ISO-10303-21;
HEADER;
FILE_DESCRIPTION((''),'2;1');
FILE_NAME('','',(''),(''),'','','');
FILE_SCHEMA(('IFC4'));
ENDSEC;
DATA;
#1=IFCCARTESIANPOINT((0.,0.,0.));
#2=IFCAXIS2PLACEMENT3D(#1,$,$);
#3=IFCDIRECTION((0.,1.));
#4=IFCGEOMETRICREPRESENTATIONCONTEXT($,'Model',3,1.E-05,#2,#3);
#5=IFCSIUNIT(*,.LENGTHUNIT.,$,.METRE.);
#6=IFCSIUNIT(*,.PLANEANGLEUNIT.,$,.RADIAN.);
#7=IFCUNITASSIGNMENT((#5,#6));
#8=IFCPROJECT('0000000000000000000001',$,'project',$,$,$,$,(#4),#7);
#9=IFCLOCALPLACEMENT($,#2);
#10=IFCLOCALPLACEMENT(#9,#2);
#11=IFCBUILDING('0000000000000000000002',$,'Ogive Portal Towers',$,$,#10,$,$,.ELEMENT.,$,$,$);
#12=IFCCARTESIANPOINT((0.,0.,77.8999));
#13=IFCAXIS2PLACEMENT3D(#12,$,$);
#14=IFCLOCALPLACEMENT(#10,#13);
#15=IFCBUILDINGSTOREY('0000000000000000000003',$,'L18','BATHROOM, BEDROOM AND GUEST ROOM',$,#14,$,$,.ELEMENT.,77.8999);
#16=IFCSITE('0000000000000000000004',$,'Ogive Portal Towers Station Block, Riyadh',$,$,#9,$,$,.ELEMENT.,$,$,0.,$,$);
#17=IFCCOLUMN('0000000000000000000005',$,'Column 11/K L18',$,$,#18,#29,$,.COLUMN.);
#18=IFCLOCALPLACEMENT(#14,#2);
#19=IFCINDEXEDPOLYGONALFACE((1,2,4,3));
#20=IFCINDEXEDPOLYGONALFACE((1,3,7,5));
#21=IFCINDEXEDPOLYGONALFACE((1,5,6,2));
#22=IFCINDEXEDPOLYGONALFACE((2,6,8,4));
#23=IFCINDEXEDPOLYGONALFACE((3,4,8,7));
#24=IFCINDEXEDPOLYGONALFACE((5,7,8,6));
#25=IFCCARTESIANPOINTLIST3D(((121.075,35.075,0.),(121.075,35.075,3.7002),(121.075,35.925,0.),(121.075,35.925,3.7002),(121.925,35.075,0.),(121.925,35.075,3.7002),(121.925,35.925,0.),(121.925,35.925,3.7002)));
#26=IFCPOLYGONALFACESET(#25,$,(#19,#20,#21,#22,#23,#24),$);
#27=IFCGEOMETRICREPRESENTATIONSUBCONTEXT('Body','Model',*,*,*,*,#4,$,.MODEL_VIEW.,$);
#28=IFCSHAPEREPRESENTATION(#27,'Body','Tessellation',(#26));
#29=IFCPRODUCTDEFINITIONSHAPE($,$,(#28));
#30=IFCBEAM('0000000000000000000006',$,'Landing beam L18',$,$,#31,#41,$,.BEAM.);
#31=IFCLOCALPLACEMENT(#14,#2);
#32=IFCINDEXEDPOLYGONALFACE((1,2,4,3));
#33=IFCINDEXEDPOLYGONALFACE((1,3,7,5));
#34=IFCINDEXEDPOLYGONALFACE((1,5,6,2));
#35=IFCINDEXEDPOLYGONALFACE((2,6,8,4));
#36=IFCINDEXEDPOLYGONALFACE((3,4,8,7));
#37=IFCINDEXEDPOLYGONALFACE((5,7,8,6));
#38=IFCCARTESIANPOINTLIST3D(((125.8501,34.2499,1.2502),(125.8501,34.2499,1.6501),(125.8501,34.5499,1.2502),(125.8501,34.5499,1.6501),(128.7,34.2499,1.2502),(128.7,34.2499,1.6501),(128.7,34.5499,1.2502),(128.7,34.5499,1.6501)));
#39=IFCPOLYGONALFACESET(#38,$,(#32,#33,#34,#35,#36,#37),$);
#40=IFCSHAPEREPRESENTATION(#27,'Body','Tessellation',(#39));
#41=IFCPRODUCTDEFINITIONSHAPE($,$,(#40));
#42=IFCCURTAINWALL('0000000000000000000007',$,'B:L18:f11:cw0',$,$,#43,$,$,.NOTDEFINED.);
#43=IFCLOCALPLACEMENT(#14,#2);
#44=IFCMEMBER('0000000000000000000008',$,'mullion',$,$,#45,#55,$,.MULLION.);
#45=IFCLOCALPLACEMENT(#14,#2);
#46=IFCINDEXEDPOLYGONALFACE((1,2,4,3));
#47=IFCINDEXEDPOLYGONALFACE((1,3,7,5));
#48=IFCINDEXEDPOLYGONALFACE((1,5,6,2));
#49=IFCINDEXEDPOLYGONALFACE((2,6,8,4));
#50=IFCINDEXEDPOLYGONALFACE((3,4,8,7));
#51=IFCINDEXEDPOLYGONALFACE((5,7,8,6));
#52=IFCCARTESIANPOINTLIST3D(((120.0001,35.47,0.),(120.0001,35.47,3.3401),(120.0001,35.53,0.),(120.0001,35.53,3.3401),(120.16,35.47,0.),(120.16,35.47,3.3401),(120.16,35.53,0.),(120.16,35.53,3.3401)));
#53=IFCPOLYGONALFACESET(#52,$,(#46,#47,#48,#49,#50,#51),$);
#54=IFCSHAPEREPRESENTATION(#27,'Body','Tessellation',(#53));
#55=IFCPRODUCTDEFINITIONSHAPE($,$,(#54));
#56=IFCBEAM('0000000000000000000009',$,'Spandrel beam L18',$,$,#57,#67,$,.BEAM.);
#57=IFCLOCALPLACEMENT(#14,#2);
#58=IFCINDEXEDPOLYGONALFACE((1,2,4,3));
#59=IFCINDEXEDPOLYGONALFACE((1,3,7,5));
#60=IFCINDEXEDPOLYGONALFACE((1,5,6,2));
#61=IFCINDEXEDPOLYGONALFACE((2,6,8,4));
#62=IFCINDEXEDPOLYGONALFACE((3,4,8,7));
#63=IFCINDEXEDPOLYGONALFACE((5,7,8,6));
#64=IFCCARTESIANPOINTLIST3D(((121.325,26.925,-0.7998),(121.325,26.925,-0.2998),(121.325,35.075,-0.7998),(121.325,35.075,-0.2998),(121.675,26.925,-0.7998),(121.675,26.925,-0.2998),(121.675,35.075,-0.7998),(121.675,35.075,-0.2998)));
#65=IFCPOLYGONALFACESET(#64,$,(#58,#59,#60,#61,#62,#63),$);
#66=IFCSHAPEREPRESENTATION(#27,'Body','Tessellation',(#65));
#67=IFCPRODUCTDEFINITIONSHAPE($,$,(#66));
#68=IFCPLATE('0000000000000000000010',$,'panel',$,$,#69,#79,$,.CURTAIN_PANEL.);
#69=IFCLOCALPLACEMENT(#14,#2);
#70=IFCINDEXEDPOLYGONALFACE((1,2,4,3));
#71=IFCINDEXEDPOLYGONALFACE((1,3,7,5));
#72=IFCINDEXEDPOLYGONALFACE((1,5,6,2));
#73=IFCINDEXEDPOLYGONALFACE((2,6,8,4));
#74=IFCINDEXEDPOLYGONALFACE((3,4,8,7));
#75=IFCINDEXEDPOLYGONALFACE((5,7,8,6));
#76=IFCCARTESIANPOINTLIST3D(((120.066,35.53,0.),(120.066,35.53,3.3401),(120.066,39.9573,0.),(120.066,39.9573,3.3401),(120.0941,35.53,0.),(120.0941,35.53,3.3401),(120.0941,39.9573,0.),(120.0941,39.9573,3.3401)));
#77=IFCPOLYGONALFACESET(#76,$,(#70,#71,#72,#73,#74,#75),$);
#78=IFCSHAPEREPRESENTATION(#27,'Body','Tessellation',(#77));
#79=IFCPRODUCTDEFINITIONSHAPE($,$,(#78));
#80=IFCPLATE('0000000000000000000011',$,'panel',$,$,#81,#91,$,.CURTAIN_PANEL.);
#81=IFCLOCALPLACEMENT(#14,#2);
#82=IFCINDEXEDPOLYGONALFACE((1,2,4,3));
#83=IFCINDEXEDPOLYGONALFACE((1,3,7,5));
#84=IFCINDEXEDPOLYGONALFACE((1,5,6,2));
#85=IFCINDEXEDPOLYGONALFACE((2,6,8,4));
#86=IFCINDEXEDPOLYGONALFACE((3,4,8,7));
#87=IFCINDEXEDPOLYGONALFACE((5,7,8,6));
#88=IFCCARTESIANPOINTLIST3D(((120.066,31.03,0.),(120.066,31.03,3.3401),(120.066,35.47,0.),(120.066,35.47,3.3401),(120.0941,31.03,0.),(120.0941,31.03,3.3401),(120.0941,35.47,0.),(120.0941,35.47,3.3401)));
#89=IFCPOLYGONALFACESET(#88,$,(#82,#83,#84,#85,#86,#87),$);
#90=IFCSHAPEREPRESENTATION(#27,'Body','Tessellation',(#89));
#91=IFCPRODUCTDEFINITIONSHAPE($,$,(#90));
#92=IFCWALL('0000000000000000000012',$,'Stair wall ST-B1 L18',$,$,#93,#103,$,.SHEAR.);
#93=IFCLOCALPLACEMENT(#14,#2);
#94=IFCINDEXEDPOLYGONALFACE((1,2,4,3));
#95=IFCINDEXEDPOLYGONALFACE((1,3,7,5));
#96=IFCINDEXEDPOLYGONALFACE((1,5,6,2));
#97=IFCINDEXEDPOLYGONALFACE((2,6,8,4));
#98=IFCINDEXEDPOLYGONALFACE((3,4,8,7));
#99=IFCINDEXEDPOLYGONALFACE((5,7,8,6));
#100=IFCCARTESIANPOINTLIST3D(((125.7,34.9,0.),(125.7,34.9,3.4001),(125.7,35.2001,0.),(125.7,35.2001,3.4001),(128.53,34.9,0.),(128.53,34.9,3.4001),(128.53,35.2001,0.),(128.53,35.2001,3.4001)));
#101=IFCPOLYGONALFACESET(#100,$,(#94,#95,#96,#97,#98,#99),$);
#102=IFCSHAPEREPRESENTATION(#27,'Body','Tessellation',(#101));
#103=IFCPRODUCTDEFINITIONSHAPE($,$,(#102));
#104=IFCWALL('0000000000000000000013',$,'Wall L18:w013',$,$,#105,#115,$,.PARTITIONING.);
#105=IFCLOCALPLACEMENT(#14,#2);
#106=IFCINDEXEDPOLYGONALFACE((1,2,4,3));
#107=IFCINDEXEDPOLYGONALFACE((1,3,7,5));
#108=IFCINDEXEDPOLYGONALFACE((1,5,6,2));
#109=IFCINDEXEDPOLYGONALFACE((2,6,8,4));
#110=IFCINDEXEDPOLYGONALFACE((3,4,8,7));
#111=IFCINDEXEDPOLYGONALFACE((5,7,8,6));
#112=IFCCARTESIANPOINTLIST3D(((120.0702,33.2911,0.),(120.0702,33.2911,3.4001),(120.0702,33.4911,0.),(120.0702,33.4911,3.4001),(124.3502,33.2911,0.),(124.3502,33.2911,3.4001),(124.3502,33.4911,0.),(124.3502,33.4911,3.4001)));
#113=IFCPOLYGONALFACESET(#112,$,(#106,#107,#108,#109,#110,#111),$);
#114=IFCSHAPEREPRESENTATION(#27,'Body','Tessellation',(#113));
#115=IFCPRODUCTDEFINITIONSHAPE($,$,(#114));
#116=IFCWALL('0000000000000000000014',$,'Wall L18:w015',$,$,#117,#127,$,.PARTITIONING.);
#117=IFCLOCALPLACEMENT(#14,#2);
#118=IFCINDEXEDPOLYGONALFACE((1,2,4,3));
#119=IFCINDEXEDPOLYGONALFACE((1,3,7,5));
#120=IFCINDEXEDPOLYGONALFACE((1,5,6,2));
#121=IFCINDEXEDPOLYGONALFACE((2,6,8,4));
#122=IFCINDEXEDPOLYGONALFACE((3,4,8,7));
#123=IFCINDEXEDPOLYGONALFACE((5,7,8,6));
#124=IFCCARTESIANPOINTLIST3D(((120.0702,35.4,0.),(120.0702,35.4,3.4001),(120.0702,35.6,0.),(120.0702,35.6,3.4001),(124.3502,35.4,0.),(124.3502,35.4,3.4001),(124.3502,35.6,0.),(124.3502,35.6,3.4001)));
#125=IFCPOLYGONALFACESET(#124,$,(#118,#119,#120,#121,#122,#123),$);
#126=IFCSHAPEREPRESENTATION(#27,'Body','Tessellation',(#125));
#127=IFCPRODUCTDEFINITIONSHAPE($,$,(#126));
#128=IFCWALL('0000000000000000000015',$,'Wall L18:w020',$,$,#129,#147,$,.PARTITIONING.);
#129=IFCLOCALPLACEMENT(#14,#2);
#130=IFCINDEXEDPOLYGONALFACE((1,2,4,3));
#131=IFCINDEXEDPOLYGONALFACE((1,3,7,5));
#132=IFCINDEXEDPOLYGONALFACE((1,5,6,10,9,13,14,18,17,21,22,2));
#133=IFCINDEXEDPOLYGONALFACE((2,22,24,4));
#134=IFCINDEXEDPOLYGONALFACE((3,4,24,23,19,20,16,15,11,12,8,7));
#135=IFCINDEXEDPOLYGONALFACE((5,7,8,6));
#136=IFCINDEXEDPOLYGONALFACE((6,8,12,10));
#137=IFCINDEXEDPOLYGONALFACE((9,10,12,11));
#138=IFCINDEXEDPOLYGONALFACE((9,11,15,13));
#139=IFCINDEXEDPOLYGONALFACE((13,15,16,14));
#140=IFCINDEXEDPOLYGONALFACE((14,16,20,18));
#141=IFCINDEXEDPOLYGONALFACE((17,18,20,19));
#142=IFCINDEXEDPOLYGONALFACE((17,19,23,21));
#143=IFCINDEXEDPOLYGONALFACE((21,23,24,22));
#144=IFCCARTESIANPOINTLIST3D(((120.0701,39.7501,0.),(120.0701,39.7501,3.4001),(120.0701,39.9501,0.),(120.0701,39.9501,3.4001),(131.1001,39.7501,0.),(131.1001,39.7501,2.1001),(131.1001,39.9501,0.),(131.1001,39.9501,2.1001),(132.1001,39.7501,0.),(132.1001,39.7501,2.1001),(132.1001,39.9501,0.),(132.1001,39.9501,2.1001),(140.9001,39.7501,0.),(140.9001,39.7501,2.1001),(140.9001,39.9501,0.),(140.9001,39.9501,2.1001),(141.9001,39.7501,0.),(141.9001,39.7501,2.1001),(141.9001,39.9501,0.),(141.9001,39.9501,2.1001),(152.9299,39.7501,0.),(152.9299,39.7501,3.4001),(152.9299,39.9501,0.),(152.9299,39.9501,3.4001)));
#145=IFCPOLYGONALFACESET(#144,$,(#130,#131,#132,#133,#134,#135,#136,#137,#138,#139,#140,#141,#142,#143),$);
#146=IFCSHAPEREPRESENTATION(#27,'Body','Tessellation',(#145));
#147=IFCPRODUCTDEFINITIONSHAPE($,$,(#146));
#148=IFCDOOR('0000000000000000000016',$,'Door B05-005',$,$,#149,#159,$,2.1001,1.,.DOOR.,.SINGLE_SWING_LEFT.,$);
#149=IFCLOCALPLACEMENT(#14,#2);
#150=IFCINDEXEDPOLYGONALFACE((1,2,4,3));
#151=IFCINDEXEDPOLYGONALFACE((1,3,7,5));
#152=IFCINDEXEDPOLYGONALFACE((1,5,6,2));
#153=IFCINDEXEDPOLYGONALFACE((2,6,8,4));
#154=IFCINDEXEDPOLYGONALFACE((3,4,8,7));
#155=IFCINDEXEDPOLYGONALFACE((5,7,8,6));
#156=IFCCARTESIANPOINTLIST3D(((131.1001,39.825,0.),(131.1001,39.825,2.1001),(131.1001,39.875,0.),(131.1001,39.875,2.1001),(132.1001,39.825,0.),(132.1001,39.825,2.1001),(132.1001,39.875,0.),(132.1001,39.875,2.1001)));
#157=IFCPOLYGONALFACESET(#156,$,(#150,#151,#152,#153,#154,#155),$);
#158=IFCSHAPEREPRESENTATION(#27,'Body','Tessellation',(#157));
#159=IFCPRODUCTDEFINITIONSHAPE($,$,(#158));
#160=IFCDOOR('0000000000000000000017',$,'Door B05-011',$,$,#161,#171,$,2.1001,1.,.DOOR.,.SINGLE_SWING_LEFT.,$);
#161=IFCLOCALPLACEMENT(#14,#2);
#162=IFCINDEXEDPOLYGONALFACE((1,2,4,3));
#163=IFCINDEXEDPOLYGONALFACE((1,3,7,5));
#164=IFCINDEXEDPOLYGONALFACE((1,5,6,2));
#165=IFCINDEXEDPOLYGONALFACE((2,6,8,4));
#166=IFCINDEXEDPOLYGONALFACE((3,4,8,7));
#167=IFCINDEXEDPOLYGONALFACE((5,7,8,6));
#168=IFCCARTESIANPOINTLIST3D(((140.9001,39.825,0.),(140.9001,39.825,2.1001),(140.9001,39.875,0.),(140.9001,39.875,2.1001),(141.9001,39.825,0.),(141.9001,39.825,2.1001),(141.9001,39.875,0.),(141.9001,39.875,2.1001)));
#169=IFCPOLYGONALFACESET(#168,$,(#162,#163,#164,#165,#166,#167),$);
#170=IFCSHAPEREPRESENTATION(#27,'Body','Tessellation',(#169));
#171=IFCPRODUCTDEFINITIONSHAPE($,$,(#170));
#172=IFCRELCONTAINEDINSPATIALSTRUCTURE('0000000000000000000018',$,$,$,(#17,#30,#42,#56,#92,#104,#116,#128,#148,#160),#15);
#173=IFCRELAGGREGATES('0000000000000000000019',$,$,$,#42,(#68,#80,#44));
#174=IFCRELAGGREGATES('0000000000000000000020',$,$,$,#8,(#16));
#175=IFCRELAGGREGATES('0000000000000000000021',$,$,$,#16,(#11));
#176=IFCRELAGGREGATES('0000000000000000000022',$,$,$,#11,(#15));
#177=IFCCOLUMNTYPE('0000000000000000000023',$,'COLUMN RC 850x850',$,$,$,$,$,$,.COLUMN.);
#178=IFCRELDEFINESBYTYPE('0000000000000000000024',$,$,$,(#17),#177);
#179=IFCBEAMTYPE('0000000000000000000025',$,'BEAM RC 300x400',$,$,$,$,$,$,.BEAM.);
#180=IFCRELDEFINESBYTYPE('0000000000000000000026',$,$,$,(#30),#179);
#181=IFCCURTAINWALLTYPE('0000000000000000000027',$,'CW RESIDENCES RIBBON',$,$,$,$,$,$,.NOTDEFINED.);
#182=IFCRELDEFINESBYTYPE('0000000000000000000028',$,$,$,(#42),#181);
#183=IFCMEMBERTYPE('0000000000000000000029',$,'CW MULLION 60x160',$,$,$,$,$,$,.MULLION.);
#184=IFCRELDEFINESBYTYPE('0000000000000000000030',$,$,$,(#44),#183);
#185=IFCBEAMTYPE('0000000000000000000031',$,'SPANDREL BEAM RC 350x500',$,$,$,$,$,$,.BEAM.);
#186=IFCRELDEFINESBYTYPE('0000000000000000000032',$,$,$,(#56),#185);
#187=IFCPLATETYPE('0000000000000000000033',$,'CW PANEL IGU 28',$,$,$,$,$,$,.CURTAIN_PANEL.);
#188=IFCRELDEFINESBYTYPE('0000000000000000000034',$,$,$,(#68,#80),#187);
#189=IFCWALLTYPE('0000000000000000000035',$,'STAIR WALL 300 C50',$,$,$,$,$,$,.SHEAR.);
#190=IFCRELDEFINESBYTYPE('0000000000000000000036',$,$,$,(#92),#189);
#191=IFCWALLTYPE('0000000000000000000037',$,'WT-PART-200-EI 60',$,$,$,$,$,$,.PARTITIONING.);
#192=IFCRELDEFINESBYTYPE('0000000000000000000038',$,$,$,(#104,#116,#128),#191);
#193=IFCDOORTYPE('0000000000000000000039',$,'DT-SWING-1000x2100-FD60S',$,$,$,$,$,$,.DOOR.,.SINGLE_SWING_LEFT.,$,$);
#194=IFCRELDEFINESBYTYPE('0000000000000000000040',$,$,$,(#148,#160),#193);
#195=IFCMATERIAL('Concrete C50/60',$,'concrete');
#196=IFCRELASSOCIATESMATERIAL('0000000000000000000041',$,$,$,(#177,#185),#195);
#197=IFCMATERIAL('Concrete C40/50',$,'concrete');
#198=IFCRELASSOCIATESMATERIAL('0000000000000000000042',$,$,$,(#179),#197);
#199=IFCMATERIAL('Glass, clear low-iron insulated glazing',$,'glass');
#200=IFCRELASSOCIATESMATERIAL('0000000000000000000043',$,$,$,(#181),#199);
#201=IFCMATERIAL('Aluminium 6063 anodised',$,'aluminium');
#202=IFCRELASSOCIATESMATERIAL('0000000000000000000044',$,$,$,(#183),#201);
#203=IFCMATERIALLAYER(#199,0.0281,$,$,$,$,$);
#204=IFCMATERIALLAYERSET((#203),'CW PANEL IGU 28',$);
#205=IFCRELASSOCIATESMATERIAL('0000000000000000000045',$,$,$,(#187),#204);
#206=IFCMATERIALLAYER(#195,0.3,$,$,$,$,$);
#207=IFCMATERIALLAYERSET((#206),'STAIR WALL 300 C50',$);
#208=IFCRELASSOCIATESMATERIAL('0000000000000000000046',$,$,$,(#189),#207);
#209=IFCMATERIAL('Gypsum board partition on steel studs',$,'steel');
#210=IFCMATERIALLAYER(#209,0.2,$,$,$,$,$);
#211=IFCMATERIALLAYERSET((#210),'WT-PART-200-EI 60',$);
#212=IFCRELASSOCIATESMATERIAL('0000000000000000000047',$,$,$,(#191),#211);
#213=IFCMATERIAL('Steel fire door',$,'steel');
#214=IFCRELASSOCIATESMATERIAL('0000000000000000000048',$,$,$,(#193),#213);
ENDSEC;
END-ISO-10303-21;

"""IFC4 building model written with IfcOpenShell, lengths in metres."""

from ifc_helpers import new_model, si_unit, direction, frame, frame_2d, origin, origin_2d, place, context, subcontext, project, spatial, rectangle, extrude, material, layer, layer_set, material_profile, profile_set, type_object, element, fill, aggregate, save


model = new_model("IFC4")

# Units and contexts
model_context = context("Model", 3, precision=1e-05, world=origin(), true_north=direction((0.0, 1.0)))
body_context = subcontext(model_context, "Body", "Model", "MODEL_VIEW")
ifc_project = project(units=[si_unit("LENGTHUNIT", "METRE"), si_unit("PLANEANGLEUNIT", "RADIAN")], contexts=[model_context])

# Site, building, storey
site_placement = place(None, origin())
site = spatial("IfcSite", under=ifc_project, at=site_placement, Name="Ogive Portal Towers Station Block, Riyadh", CompositionType="ELEMENT", RefElevation=0.0)
building_placement = place(site_placement, origin())
building = spatial("IfcBuilding", under=site, at=building_placement, Name="Ogive Portal Towers", CompositionType="ELEMENT")
storey_placement = place(building_placement, frame((0.0, 0.0, 77.8999)))
storey = spatial("IfcBuildingStorey", under=building, at=storey_placement, Name="L18", Description="BATHROOM, BEDROOM AND GUEST ROOM", CompositionType="ELEMENT", Elevation=77.8999)

# Column
ifc_material_1 = material(Name="Concrete C50/60", Category="concrete")
ifc_material_profile_1 = material_profile(ifc_material_1, rectangle(XDim=0.8501, YDim=0.8501, at=origin_2d()), Name="RC 850x850")
ifc_profile_set_1 = profile_set([ifc_material_profile_1], Name="Concrete C50/60")
column_type = type_object("IfcColumnType", Name="COLUMN RC 850x850", PredefinedType="COLUMN", material=ifc_profile_set_1)
column_placement = place(storey_placement, frame((121.5, 35.5, 0.0), z_axis=(0.0, 0.0, 1.0), x_axis=(1.0, 0.0, 0.0)))
element("IfcColumn", 1, at=column_placement, inside=storey, type_object=column_type, Name="Column 11/K L18", PredefinedType="COLUMN", context=body_context, shape_type="SweptSolid", body=[
    extrude(rectangle(XDim=0.8501, YDim=0.8501, at=origin_2d()), origin(), (0.0, 0.0, 1.0), 3.7002),
])

# Beam
ifc_material_2 = material(Name="Concrete C40/50", Category="concrete")
ifc_material_profile_2 = material_profile(ifc_material_2, rectangle(XDim=0.3, YDim=0.3999, at=origin_2d()), Name="RC 300x400")
ifc_profile_set_2 = profile_set([ifc_material_profile_2], Name="Concrete C40/50")
beam_type_1 = type_object("IfcBeamType", Name="BEAM RC 300x400", PredefinedType="BEAM", material=ifc_profile_set_2)
beam_1_placement = place(storey_placement, frame((125.8501, 34.3999, 1.4502), z_axis=(1.0, 0.0, 0.0), x_axis=(0.0, 1.0, 0.0)))
element("IfcBeam", 2, at=beam_1_placement, inside=storey, type_object=beam_type_1, Name="Landing beam L18", PredefinedType="BEAM", context=body_context, shape_type="SweptSolid", body=[
    extrude(rectangle(XDim=0.3, YDim=0.3999, at=origin_2d()), origin(), (0.0, 0.0, 1.0), 2.8499),
])

# Curtain wall, member
ifc_material_3 = material(Name="Glass, clear low-iron insulated glazing", Category="glass")
curtain_wall_type = type_object("IfcCurtainWallType", Name="CW RESIDENCES RIBBON", PredefinedType="NOTDEFINED", material=ifc_material_3)
curtain_wall_placement = place(storey_placement, origin())
curtain_wall = element("IfcCurtainWall", 3, at=curtain_wall_placement, inside=storey, type_object=curtain_wall_type, Name="B:L18:f11:cw0", PredefinedType="NOTDEFINED")
ifc_material_4 = material(Name="Aluminium 6063 anodised", Category="aluminium")
ifc_material_profile_3 = material_profile(ifc_material_4, rectangle(XDim=0.1599, YDim=0.0601, at=origin_2d()), Name="AL 60x160")
ifc_profile_set_3 = profile_set([ifc_material_profile_3], Name="Aluminium 6063 anodised")
member_type = type_object("IfcMemberType", Name="CW MULLION 60x160", PredefinedType="MULLION", material=ifc_profile_set_3)
member_placement = place(storey_placement, frame((120.0801, 35.5, 0.0), z_axis=(0.0, 0.0, 1.0), x_axis=(1.0, 0.0, 0.0)))
member = element("IfcMember", 4, at=member_placement, type_object=member_type, Name="mullion", PredefinedType="MULLION", context=body_context, shape_type="SweptSolid", body=[
    extrude(rectangle(XDim=0.1599, YDim=0.0601, at=origin_2d()), origin(), (0.0, 0.0, 1.0), 3.3401),
])

# Beam
ifc_material_profile_4 = material_profile(ifc_material_1, rectangle(XDim=0.3501, YDim=0.5, at=origin_2d()), Name="RC 350x500")
ifc_profile_set_4 = profile_set([ifc_material_profile_4], Name="Concrete C50/60")
beam_type_2 = type_object("IfcBeamType", Name="SPANDREL BEAM RC 350x500", PredefinedType="BEAM", material=ifc_profile_set_4)
beam_2_placement = place(storey_placement, frame((121.5, 35.075, -0.5498), z_axis=(0.0, -1.0, 0.0), x_axis=(1.0, 0.0, 0.0)))
element("IfcBeam", 5, at=beam_2_placement, inside=storey, type_object=beam_type_2, Name="Spandrel beam L18", PredefinedType="BEAM", context=body_context, shape_type="SweptSolid", body=[
    extrude(rectangle(XDim=0.3501, YDim=0.5, at=origin_2d()), origin(), (0.0, 0.0, 1.0), 8.1499),
])

# Plates
ifc_layer_1 = layer(ifc_material_3, 0.0281)
ifc_layer_set_1 = layer_set([ifc_layer_1], Name="CW PANEL IGU 28")
plate_type = type_object("IfcPlateType", Name="CW PANEL IGU 28", PredefinedType="CURTAIN_PANEL", material=ifc_layer_set_1)
plate_1_placement = place(storey_placement, frame((120.0801, 37.7437, 0.0), z_axis=(0.0, 0.0, 1.0), x_axis=(0.0, -1.0, 0.0)))
plate_1 = element("IfcPlate", 6, at=plate_1_placement, type_object=plate_type, Name="panel", PredefinedType="CURTAIN_PANEL", context=body_context, shape_type="SweptSolid", body=[
    extrude(rectangle(XDim=4.4272, YDim=0.0281, at=origin_2d()), origin(), (0.0, 0.0, 1.0), 3.3401),
])
plate_2_placement = place(storey_placement, frame((120.0801, 33.25, 0.0), z_axis=(0.0, 0.0, 1.0), x_axis=(0.0, -1.0, 0.0)))
plate_2 = element("IfcPlate", 7, at=plate_2_placement, type_object=plate_type, Name="panel", PredefinedType="CURTAIN_PANEL", context=body_context, shape_type="SweptSolid", body=[
    extrude(rectangle(XDim=4.4399, YDim=0.0281, at=origin_2d()), origin(), (0.0, 0.0, 1.0), 3.3401),
])
aggregate(curtain_wall, [plate_1, plate_2, member])

# Walls
ifc_layer_2 = layer(ifc_material_1, 0.3)
ifc_layer_set_2 = layer_set([ifc_layer_2], Name="STAIR WALL 300 C50")
wall_type_1 = type_object("IfcWallType", Name="STAIR WALL 300 C50", PredefinedType="SHEAR", material=ifc_layer_set_2)
wall_1_placement = place(storey_placement, frame((125.7, 35.05, 0.0), z_axis=(0.0, 0.0, 1.0), x_axis=(1.0, 0.0, 0.0)))
element("IfcWall", 8, at=wall_1_placement, inside=storey, type_object=wall_type_1, Name="Stair wall ST-B1 L18", PredefinedType="SHEAR", context=body_context, shape_type="SweptSolid", body=[
    extrude(rectangle(XDim=2.8301, YDim=0.3, at=frame_2d((1.415, 0.0))), origin(), (0.0, 0.0, 1.0), 3.4001),
])
ifc_material_5 = material(Name="Gypsum board partition on steel studs", Category="steel")
ifc_layer_3 = layer(ifc_material_5, 0.2)
ifc_layer_set_3 = layer_set([ifc_layer_3], Name="WT-PART-200-EI 60")
wall_type_2 = type_object("IfcWallType", Name="WT-PART-200-EI 60", PredefinedType="PARTITIONING", material=ifc_layer_set_3)
for number, where, z_axis, x_axis, name in (
    (9, (120.0701, 33.3911, 0.0), (0.0, 0.0, 1.0), (1.0, 0.0, 0.0), "Wall L18:w013"),
    (10, (120.0701, 35.5, 0.0), (0.0, 0.0, 1.0), (1.0, 0.0, 0.0), "Wall L18:w015"),
):
    element("IfcWall", number, at=place(storey_placement, frame(where, z_axis=z_axis, x_axis=x_axis)), inside=storey, type_object=wall_type_2, Name=name, PredefinedType="PARTITIONING", context=body_context, shape_type="SweptSolid", body=[
        extrude(rectangle(XDim=4.28, YDim=0.2, at=frame_2d((2.1401, 0.0))), origin(), (0.0, 0.0, 1.0), 3.4001),
    ])

# Wall, openings, doors
wall_2_placement = place(storey_placement, frame((120.0701, 39.8501, 0.0), z_axis=(0.0, 0.0, 1.0), x_axis=(1.0, 0.0, 0.0)))
wall_2 = element("IfcWall", 11, at=wall_2_placement, inside=storey, type_object=wall_type_2, Name="Wall L18:w020", PredefinedType="PARTITIONING", context=body_context, shape_type="SweptSolid", body=[
    extrude(rectangle(XDim=32.8599, YDim=0.2, at=frame_2d((16.4299, 0.0))), origin(), (0.0, 0.0, 1.0), 3.4001),
])
opening_1_placement = place(wall_2_placement, frame((11.03, 0.0, 0.0)))
opening_1 = element("IfcOpeningElement", 12, at=opening_1_placement, cuts=wall_2, PredefinedType="OPENING", context=body_context, shape_type="SweptSolid", body=[
    extrude(rectangle(XDim=1.0, YDim=2.1001, at=frame_2d((0.5, 1.05))), frame((0.0, 0.1099, 0.0), z_axis=(0.0, -1.0, 0.0), x_axis=(1.0, 0.0, 0.0)), (0.0, 0.0, 1.0), 0.22),
])
opening_2_placement = place(wall_2_placement, frame((20.8301, 0.0, 0.0)))
opening_2 = element("IfcOpeningElement", 13, at=opening_2_placement, cuts=wall_2, PredefinedType="OPENING", context=body_context, shape_type="SweptSolid", body=[
    extrude(rectangle(XDim=1.0, YDim=2.1001, at=frame_2d((0.5, 1.05))), frame((0.0, 0.1099, 0.0), z_axis=(0.0, -1.0, 0.0), x_axis=(1.0, 0.0, 0.0)), (0.0, 0.0, 1.0), 0.22),
])
ifc_material_6 = material(Name="Steel fire door", Category="steel")
door_type = type_object("IfcDoorType", Name="DT-SWING-1000x2100-FD60S", OperationType="SINGLE_SWING_LEFT", PredefinedType="DOOR", material=ifc_material_6)
door_1_placement = place(opening_1_placement, origin())
door_1 = element("IfcDoor", 14, at=door_1_placement, inside=storey, type_object=door_type, Name="Door B05-005", OperationType="SINGLE_SWING_LEFT", OverallHeight=2.1001, OverallWidth=1.0, PredefinedType="DOOR", context=body_context, shape_type="SweptSolid", body=[
    extrude(rectangle(XDim=1.0, YDim=2.1001, at=frame_2d((0.5, 1.05))), frame((0.0, 0.0249, 0.0), z_axis=(0.0, -1.0, 0.0), x_axis=(1.0, 0.0, 0.0)), (0.0, 0.0, 1.0), 0.05),
])
fill(opening_1, door_1)
door_2_placement = place(opening_2_placement, origin())
door_2 = element("IfcDoor", 15, at=door_2_placement, inside=storey, type_object=door_type, Name="Door B05-011", OperationType="SINGLE_SWING_LEFT", OverallHeight=2.1001, OverallWidth=1.0, PredefinedType="DOOR", context=body_context, shape_type="SweptSolid", body=[
    extrude(rectangle(XDim=1.0, YDim=2.1001, at=frame_2d((0.5, 1.05))), frame((0.0, 0.0249, 0.0), z_axis=(0.0, -1.0, 0.0), x_axis=(1.0, 0.0, 0.0)), (0.0, 0.0, 1.0), 0.05),
])
fill(opening_2, door_2)

save(model, "model.ifc")
